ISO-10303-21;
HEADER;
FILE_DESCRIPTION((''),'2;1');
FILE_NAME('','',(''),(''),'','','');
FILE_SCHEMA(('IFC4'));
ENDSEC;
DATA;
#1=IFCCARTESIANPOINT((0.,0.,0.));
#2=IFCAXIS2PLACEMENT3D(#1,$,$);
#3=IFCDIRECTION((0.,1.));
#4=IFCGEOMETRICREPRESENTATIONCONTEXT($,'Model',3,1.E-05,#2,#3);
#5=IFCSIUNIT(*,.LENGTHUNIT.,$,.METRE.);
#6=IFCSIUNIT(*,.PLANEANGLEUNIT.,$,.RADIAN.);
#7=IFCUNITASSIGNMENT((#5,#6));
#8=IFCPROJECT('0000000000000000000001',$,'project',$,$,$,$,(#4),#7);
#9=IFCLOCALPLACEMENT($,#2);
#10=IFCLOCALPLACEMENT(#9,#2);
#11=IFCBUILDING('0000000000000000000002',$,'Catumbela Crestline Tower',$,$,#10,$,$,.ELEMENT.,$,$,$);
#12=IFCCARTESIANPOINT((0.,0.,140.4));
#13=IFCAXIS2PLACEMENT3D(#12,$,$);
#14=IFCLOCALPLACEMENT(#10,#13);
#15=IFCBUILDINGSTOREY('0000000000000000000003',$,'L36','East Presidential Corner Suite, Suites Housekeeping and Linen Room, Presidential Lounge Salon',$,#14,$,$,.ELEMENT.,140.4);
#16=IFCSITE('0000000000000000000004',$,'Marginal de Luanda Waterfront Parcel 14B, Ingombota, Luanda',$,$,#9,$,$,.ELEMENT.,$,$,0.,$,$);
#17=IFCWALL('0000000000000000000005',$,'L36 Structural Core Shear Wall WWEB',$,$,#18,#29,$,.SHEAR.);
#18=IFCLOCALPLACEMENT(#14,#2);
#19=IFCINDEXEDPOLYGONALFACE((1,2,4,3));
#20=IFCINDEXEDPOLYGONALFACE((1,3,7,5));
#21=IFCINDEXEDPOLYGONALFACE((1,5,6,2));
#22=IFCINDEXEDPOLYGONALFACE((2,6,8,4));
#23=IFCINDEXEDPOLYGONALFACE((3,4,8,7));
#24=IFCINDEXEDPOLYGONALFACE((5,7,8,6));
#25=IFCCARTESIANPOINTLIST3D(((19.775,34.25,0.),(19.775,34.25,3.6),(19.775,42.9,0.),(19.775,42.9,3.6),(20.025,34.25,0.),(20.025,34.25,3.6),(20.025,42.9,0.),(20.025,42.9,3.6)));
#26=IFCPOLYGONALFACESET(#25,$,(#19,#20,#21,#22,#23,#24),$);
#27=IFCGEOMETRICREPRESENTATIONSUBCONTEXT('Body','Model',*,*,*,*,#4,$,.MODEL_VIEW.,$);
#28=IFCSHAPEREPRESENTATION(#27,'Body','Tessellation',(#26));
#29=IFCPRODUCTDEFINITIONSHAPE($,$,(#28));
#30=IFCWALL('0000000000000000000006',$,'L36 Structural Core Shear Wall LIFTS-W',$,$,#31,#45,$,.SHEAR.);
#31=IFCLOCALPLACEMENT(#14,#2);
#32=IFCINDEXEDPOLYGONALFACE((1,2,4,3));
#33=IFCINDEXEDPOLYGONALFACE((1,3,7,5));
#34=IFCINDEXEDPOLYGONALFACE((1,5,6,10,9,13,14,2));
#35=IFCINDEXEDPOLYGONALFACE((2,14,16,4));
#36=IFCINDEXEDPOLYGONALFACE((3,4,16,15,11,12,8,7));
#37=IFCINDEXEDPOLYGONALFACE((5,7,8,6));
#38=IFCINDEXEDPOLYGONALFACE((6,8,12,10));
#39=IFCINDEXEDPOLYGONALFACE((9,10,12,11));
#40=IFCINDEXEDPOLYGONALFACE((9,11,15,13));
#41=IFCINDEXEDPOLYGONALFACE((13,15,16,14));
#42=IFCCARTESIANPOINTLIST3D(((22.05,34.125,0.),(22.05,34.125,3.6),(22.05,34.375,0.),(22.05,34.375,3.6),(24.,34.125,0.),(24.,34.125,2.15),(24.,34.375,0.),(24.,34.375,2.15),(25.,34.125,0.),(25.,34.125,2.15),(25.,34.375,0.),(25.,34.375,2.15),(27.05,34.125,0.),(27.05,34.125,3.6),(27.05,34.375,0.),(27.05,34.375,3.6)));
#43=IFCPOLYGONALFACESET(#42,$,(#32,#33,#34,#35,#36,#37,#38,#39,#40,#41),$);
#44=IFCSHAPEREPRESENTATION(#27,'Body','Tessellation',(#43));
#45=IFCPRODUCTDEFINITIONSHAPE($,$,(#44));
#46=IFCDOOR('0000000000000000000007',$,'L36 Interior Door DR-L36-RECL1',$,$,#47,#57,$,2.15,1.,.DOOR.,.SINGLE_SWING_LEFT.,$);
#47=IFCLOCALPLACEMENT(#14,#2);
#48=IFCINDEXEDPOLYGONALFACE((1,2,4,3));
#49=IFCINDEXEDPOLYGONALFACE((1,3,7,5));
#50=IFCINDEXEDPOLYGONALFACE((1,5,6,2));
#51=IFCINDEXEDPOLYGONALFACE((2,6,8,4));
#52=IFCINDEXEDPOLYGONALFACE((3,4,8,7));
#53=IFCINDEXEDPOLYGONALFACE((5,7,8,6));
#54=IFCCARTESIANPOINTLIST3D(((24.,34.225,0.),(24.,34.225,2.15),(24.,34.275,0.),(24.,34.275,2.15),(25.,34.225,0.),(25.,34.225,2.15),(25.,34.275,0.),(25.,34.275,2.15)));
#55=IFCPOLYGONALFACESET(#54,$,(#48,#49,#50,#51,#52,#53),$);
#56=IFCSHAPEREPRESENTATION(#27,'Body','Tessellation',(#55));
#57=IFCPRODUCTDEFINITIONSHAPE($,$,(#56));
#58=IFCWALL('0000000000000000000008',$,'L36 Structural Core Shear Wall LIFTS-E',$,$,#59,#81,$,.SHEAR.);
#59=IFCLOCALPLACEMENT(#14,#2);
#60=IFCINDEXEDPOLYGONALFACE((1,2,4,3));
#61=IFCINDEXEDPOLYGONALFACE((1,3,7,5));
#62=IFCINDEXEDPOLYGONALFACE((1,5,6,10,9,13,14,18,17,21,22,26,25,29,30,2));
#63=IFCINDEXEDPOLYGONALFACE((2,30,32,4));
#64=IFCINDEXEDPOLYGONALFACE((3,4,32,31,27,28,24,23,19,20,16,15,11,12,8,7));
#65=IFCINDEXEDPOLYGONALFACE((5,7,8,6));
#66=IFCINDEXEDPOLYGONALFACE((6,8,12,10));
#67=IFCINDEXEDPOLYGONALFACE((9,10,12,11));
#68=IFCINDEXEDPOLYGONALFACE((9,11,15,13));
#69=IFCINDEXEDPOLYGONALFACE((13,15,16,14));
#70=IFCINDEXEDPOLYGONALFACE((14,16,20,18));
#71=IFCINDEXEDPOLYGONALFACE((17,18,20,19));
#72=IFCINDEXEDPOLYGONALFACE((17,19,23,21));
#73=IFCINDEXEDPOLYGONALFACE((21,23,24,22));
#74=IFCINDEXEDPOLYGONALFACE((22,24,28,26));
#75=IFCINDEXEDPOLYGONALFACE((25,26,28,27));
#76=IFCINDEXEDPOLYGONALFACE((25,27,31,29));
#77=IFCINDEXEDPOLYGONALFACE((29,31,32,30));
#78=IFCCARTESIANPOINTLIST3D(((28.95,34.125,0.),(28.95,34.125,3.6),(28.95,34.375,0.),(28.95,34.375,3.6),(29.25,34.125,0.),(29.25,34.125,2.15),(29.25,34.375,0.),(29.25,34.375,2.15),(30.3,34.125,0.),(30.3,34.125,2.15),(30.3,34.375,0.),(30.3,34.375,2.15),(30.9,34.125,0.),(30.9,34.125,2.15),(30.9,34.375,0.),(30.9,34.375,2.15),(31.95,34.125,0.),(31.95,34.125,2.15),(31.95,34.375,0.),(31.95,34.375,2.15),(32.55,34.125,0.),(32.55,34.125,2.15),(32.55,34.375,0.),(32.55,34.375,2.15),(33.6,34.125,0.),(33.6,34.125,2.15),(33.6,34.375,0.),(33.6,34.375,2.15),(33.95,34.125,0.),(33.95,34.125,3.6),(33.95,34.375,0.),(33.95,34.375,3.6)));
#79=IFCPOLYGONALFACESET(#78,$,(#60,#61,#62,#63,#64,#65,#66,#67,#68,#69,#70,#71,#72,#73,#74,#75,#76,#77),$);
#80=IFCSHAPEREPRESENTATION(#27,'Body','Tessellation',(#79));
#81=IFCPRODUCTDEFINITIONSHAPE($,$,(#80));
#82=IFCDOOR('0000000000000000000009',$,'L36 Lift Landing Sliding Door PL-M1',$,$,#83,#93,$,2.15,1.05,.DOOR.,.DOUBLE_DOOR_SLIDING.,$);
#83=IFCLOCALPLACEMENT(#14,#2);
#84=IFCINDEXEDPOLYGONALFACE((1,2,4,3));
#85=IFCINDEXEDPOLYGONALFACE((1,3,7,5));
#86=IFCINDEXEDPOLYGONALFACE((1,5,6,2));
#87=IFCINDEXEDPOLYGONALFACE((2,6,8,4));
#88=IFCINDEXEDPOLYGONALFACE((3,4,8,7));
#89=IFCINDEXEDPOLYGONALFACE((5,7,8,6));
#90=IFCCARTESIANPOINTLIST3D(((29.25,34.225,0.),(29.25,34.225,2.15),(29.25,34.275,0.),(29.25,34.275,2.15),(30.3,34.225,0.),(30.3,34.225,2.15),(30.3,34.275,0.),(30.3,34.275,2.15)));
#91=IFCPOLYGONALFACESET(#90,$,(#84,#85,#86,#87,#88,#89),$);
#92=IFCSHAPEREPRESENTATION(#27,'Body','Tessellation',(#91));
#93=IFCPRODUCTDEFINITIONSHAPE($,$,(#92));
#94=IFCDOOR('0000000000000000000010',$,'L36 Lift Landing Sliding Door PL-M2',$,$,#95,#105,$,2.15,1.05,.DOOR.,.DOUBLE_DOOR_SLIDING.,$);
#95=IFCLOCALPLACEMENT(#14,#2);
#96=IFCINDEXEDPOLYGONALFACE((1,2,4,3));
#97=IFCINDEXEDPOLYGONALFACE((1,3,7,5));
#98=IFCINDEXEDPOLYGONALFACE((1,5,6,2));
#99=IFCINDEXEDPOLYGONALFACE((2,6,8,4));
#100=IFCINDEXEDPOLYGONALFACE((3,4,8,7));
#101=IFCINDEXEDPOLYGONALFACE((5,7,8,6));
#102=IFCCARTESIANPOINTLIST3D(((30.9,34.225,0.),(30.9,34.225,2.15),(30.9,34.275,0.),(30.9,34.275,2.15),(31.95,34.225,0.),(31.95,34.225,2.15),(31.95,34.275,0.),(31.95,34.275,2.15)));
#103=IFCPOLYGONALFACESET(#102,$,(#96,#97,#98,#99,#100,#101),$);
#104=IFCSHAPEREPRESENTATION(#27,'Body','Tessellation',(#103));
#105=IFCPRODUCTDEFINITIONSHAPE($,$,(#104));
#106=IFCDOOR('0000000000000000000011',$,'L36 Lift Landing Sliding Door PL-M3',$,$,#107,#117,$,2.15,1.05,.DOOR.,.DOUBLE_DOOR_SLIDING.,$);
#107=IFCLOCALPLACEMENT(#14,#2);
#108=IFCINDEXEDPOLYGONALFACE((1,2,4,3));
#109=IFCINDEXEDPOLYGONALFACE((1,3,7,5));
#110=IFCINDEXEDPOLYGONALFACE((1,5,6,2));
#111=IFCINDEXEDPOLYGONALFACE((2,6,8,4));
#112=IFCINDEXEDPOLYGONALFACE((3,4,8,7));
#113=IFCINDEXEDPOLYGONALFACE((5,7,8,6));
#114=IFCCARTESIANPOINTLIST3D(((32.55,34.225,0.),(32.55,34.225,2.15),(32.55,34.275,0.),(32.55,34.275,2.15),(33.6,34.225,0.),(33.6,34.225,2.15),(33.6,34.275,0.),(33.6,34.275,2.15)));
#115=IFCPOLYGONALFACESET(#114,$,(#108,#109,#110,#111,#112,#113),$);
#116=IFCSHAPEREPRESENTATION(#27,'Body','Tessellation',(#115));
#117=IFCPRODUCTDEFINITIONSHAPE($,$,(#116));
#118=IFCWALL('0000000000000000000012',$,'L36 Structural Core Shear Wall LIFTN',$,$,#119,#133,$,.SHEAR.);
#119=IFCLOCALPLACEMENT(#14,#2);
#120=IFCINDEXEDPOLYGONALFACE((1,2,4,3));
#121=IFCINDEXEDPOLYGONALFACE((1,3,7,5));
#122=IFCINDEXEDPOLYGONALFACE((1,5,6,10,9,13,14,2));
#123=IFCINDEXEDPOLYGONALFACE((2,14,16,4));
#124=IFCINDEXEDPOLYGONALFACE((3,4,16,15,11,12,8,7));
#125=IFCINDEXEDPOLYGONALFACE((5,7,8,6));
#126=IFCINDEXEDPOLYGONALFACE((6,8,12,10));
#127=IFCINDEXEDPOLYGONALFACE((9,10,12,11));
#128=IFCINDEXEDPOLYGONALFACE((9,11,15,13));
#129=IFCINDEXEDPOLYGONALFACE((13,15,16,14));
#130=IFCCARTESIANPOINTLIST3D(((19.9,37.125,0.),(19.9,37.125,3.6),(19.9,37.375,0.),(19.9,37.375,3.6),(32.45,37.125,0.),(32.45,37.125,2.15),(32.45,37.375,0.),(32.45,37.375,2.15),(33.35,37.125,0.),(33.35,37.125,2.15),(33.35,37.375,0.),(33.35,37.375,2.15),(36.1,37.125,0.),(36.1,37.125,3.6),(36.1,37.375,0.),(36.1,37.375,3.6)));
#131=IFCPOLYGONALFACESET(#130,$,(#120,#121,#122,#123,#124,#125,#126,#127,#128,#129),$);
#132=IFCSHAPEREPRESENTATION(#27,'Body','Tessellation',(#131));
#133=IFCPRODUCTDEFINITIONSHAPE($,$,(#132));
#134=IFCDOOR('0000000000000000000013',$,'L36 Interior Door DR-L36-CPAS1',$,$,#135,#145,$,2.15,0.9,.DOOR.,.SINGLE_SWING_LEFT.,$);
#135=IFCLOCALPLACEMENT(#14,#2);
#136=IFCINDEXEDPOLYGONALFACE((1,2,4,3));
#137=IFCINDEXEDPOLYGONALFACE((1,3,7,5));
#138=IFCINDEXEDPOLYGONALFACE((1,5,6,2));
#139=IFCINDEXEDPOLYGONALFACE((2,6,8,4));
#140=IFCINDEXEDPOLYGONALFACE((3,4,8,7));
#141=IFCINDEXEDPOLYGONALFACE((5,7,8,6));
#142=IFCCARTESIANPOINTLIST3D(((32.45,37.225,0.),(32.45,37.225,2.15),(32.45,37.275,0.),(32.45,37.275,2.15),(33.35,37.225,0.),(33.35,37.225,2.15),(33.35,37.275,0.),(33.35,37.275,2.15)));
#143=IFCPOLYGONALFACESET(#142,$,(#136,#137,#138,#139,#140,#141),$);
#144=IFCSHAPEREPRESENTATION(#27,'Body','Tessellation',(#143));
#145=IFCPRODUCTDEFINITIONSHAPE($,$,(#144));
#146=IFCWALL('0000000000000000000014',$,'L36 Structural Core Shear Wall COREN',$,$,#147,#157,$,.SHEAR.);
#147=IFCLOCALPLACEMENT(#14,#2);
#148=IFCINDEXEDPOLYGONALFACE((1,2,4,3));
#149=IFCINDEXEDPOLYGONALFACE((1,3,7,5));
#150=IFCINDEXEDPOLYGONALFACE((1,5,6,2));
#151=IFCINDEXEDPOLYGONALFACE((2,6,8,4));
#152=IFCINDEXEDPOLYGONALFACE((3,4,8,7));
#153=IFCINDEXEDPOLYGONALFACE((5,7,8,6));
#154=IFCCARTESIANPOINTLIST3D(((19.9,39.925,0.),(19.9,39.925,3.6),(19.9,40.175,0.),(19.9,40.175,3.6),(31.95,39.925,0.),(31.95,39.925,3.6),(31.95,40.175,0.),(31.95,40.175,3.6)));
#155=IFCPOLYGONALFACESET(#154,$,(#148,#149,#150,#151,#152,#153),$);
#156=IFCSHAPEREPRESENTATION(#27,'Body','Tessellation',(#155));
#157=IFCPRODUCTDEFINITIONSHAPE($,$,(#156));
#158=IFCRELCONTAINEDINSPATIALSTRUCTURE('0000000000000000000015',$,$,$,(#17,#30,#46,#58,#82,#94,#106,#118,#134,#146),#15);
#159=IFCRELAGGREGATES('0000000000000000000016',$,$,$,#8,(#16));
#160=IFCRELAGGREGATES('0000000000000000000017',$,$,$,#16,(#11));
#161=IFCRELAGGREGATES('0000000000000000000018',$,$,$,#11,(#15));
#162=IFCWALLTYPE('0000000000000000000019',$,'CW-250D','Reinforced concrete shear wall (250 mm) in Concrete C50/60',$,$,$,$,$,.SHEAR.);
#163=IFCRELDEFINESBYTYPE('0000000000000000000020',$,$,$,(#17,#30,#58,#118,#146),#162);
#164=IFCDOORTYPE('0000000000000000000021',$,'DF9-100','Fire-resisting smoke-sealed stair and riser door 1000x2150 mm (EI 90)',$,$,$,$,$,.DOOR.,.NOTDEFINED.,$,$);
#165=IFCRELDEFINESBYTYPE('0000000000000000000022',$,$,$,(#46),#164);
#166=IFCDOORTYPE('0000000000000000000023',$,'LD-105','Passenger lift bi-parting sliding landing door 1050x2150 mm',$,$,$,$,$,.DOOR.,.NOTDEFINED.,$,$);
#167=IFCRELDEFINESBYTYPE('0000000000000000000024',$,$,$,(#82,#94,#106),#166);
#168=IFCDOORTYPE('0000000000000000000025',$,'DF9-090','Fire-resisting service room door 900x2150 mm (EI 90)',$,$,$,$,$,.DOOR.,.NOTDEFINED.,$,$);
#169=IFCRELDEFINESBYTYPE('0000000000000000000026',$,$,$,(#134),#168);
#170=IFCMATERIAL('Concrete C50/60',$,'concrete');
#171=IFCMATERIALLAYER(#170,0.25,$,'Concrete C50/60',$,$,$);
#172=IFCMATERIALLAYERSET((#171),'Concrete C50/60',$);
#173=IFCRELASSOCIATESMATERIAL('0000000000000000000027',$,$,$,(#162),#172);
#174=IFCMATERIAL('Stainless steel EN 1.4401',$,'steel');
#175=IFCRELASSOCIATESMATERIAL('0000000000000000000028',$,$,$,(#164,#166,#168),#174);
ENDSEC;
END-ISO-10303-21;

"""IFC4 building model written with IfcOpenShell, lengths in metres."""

from ifc_helpers import new_model, si_unit, direction, frame, frame_2d, origin, place, context, subcontext, project, spatial, rectangle, extrude, material, layer, layer_set, type_object, element, fill, save


model = new_model("IFC4")

# Units and contexts
model_context = context("Model", 3, precision=1e-05, world=origin(), true_north=direction((0.0, 1.0)))
body_context = subcontext(model_context, "Body", "Model", "MODEL_VIEW")
ifc_project = project(units=[si_unit("LENGTHUNIT", "METRE"), si_unit("PLANEANGLEUNIT", "RADIAN")], contexts=[model_context])

# Site, building, storey
site_placement = place(None, origin())
site = spatial("IfcSite", under=ifc_project, at=site_placement, Name="Marginal de Luanda Waterfront Parcel 14B, Ingombota, Luanda", CompositionType="ELEMENT", RefElevation=0.0)
building_placement = place(site_placement, origin())
building = spatial("IfcBuilding", under=site, at=building_placement, Name="Catumbela Crestline Tower", CompositionType="ELEMENT")
storey_placement = place(building_placement, frame((0.0, 0.0, 140.4)))
storey = spatial("IfcBuildingStorey", under=building, at=storey_placement, Name="L36", Description="East Presidential Corner Suite, Suites Housekeeping and Linen Room, Presidential Lounge Salon", CompositionType="ELEMENT", Elevation=140.4)

# Wall
ifc_material_1 = material(Name="Concrete C50/60", Category="concrete")
ifc_layer_1 = layer(ifc_material_1, 0.25, Name="Concrete C50/60")
ifc_layer_set_1 = layer_set([ifc_layer_1], Name="Concrete C50/60")
wall_type_1 = type_object("IfcWallType", Name="CW-250D", Description="Reinforced concrete shear wall (250 mm) in Concrete C50/60", PredefinedType="SHEAR", material=ifc_layer_set_1)
wall_1_placement = place(storey_placement, frame((19.9, 34.25, 0.0), z_axis=(0.0, 0.0, 1.0), x_axis=(0.0, 1.0, 0.0)))
element("IfcWall", 1, at=wall_1_placement, inside=storey, type_object=wall_type_1, Name="L36 Structural Core Shear Wall WWEB", PredefinedType="SHEAR", context=body_context, shape_type="SweptSolid", body=[
    extrude(rectangle(XDim=8.65, YDim=0.25, at=frame_2d((4.325, 0.0))), origin(), (0.0, 0.0, 1.0), 3.6),
])

# Wall, opening, door
wall_2_placement = place(storey_placement, frame((22.05, 34.25, 0.0), z_axis=(0.0, 0.0, 1.0), x_axis=(1.0, 0.0, 0.0)))
wall_2 = element("IfcWall", 2, at=wall_2_placement, inside=storey, type_object=wall_type_1, Name="L36 Structural Core Shear Wall LIFTS-W", PredefinedType="SHEAR", context=body_context, shape_type="SweptSolid", body=[
    extrude(rectangle(XDim=5.0, YDim=0.25, at=frame_2d((2.5, 0.0))), origin(), (0.0, 0.0, 1.0), 3.6),
])
opening_1_placement = place(wall_2_placement, frame((1.95, 0.0, 0.0)))
opening_1 = element("IfcOpeningElement", 3, at=opening_1_placement, cuts=wall_2, PredefinedType="OPENING", context=body_context, shape_type="SweptSolid", body=[
    extrude(rectangle(XDim=1.0, YDim=2.15, at=frame_2d((0.5, 1.075))), frame((0.0, 0.135, 0.0), z_axis=(0.0, -1.0, 0.0), x_axis=(1.0, 0.0, 0.0)), (0.0, 0.0, 1.0), 0.27),
])
ifc_material_2 = material(Name="Stainless steel EN 1.4401", Category="steel")
door_type_1 = type_object("IfcDoorType", Name="DF9-100", Description="Fire-resisting smoke-sealed stair and riser door 1000x2150 mm (EI 90)", OperationType="NOTDEFINED", PredefinedType="DOOR", material=ifc_material_2)
door_1_placement = place(opening_1_placement, origin())
door_1 = element("IfcDoor", 4, at=door_1_placement, inside=storey, type_object=door_type_1, Name="L36 Interior Door DR-L36-RECL1", OperationType="SINGLE_SWING_LEFT", OverallHeight=2.15, OverallWidth=1.0, PredefinedType="DOOR", context=body_context, shape_type="SweptSolid", body=[
    extrude(rectangle(XDim=1.0, YDim=2.15, at=frame_2d((0.5, 1.075))), frame((0.0, 0.025, 0.0), z_axis=(0.0, -1.0, 0.0), x_axis=(1.0, 0.0, 0.0)), (0.0, 0.0, 1.0), 0.05),
])
fill(opening_1, door_1)

# Wall, openings, doors
wall_3_placement = place(storey_placement, frame((28.95, 34.25, 0.0), z_axis=(0.0, 0.0, 1.0), x_axis=(1.0, 0.0, 0.0)))
wall_3 = element("IfcWall", 5, at=wall_3_placement, inside=storey, type_object=wall_type_1, Name="L36 Structural Core Shear Wall LIFTS-E", PredefinedType="SHEAR", context=body_context, shape_type="SweptSolid", body=[
    extrude(rectangle(XDim=5.0, YDim=0.25, at=frame_2d((2.5, 0.0))), origin(), (0.0, 0.0, 1.0), 3.6),
])
opening_2_placement = place(wall_3_placement, frame((0.3, 0.0, 0.0)))
opening_2 = element("IfcOpeningElement", 6, at=opening_2_placement, cuts=wall_3, PredefinedType="OPENING", context=body_context, shape_type="SweptSolid", body=[
    extrude(rectangle(XDim=1.05, YDim=2.15, at=frame_2d((0.525, 1.075))), frame((0.0, 0.135, 0.0), z_axis=(0.0, -1.0, 0.0), x_axis=(1.0, 0.0, 0.0)), (0.0, 0.0, 1.0), 0.27),
])
opening_3_placement = place(wall_3_placement, frame((1.95, 0.0, 0.0)))
opening_3 = element("IfcOpeningElement", 7, at=opening_3_placement, cuts=wall_3, PredefinedType="OPENING", context=body_context, shape_type="SweptSolid", body=[
    extrude(rectangle(XDim=1.05, YDim=2.15, at=frame_2d((0.525, 1.075))), frame((0.0, 0.135, 0.0), z_axis=(0.0, -1.0, 0.0), x_axis=(1.0, 0.0, 0.0)), (0.0, 0.0, 1.0), 0.27),
])
opening_4_placement = place(wall_3_placement, frame((3.6, 0.0, 0.0)))
opening_4 = element("IfcOpeningElement", 8, at=opening_4_placement, cuts=wall_3, PredefinedType="OPENING", context=body_context, shape_type="SweptSolid", body=[
    extrude(rectangle(XDim=1.05, YDim=2.15, at=frame_2d((0.525, 1.075))), frame((0.0, 0.135, 0.0), z_axis=(0.0, -1.0, 0.0), x_axis=(1.0, 0.0, 0.0)), (0.0, 0.0, 1.0), 0.27),
])
door_type_2 = type_object("IfcDoorType", Name="LD-105", Description="Passenger lift bi-parting sliding landing door 1050x2150 mm", OperationType="NOTDEFINED", PredefinedType="DOOR", material=ifc_material_2)
door_2_placement = place(opening_2_placement, origin())
door_2 = element("IfcDoor", 9, at=door_2_placement, inside=storey, type_object=door_type_2, Name="L36 Lift Landing Sliding Door PL-M1", OperationType="DOUBLE_DOOR_SLIDING", OverallHeight=2.15, OverallWidth=1.05, PredefinedType="DOOR", context=body_context, shape_type="SweptSolid", body=[
    extrude(rectangle(XDim=1.05, YDim=2.15, at=frame_2d((0.525, 1.075))), frame((0.0, 0.025, 0.0), z_axis=(0.0, -1.0, 0.0), x_axis=(1.0, 0.0, 0.0)), (0.0, 0.0, 1.0), 0.05),
])
fill(opening_2, door_2)
door_3_placement = place(opening_3_placement, origin())
door_3 = element("IfcDoor", 10, at=door_3_placement, inside=storey, type_object=door_type_2, Name="L36 Lift Landing Sliding Door PL-M2", OperationType="DOUBLE_DOOR_SLIDING", OverallHeight=2.15, OverallWidth=1.05, PredefinedType="DOOR", context=body_context, shape_type="SweptSolid", body=[
    extrude(rectangle(XDim=1.05, YDim=2.15, at=frame_2d((0.525, 1.075))), frame((0.0, 0.025, 0.0), z_axis=(0.0, -1.0, 0.0), x_axis=(1.0, 0.0, 0.0)), (0.0, 0.0, 1.0), 0.05),
])
fill(opening_3, door_3)
door_4_placement = place(opening_4_placement, origin())
door_4 = element("IfcDoor", 11, at=door_4_placement, inside=storey, type_object=door_type_2, Name="L36 Lift Landing Sliding Door PL-M3", OperationType="DOUBLE_DOOR_SLIDING", OverallHeight=2.15, OverallWidth=1.05, PredefinedType="DOOR", context=body_context, shape_type="SweptSolid", body=[
    extrude(rectangle(XDim=1.05, YDim=2.15, at=frame_2d((0.525, 1.075))), frame((0.0, 0.025, 0.0), z_axis=(0.0, -1.0, 0.0), x_axis=(1.0, 0.0, 0.0)), (0.0, 0.0, 1.0), 0.05),
])
fill(opening_4, door_4)

# Wall, opening, door
wall_4_placement = place(storey_placement, frame((19.9, 37.25, 0.0), z_axis=(0.0, 0.0, 1.0), x_axis=(1.0, 0.0, 0.0)))
wall_4 = element("IfcWall", 12, at=wall_4_placement, inside=storey, type_object=wall_type_1, Name="L36 Structural Core Shear Wall LIFTN", PredefinedType="SHEAR", context=body_context, shape_type="SweptSolid", body=[
    extrude(rectangle(XDim=16.2, YDim=0.25, at=frame_2d((8.1, 0.0))), origin(), (0.0, 0.0, 1.0), 3.6),
])
opening_5_placement = place(wall_4_placement, frame((12.55, 0.0, 0.0)))
opening_5 = element("IfcOpeningElement", 13, at=opening_5_placement, cuts=wall_4, PredefinedType="OPENING", context=body_context, shape_type="SweptSolid", body=[
    extrude(rectangle(XDim=0.9, YDim=2.15, at=frame_2d((0.45, 1.075))), frame((0.0, 0.135, 0.0), z_axis=(0.0, -1.0, 0.0), x_axis=(1.0, 0.0, 0.0)), (0.0, 0.0, 1.0), 0.27),
])
door_type_3 = type_object("IfcDoorType", Name="DF9-090", Description="Fire-resisting service room door 900x2150 mm (EI 90)", OperationType="NOTDEFINED", PredefinedType="DOOR", material=ifc_material_2)
door_5_placement = place(opening_5_placement, origin())
door_5 = element("IfcDoor", 14, at=door_5_placement, inside=storey, type_object=door_type_3, Name="L36 Interior Door DR-L36-CPAS1", OperationType="SINGLE_SWING_LEFT", OverallHeight=2.15, OverallWidth=0.9, PredefinedType="DOOR", context=body_context, shape_type="SweptSolid", body=[
    extrude(rectangle(XDim=0.9, YDim=2.15, at=frame_2d((0.45, 1.075))), frame((0.0, 0.025, 0.0), z_axis=(0.0, -1.0, 0.0), x_axis=(1.0, 0.0, 0.0)), (0.0, 0.0, 1.0), 0.05),
])
fill(opening_5, door_5)

# Wall
wall_5_placement = place(storey_placement, frame((19.9, 40.05, 0.0), z_axis=(0.0, 0.0, 1.0), x_axis=(1.0, 0.0, 0.0)))
element("IfcWall", 15, at=wall_5_placement, inside=storey, type_object=wall_type_1, Name="L36 Structural Core Shear Wall COREN", PredefinedType="SHEAR", context=body_context, shape_type="SweptSolid", body=[
    extrude(rectangle(XDim=12.05, YDim=0.25, at=frame_2d((6.025, 0.0))), origin(), (0.0, 0.0, 1.0), 3.6),
])

save(model, "model.ifc")
